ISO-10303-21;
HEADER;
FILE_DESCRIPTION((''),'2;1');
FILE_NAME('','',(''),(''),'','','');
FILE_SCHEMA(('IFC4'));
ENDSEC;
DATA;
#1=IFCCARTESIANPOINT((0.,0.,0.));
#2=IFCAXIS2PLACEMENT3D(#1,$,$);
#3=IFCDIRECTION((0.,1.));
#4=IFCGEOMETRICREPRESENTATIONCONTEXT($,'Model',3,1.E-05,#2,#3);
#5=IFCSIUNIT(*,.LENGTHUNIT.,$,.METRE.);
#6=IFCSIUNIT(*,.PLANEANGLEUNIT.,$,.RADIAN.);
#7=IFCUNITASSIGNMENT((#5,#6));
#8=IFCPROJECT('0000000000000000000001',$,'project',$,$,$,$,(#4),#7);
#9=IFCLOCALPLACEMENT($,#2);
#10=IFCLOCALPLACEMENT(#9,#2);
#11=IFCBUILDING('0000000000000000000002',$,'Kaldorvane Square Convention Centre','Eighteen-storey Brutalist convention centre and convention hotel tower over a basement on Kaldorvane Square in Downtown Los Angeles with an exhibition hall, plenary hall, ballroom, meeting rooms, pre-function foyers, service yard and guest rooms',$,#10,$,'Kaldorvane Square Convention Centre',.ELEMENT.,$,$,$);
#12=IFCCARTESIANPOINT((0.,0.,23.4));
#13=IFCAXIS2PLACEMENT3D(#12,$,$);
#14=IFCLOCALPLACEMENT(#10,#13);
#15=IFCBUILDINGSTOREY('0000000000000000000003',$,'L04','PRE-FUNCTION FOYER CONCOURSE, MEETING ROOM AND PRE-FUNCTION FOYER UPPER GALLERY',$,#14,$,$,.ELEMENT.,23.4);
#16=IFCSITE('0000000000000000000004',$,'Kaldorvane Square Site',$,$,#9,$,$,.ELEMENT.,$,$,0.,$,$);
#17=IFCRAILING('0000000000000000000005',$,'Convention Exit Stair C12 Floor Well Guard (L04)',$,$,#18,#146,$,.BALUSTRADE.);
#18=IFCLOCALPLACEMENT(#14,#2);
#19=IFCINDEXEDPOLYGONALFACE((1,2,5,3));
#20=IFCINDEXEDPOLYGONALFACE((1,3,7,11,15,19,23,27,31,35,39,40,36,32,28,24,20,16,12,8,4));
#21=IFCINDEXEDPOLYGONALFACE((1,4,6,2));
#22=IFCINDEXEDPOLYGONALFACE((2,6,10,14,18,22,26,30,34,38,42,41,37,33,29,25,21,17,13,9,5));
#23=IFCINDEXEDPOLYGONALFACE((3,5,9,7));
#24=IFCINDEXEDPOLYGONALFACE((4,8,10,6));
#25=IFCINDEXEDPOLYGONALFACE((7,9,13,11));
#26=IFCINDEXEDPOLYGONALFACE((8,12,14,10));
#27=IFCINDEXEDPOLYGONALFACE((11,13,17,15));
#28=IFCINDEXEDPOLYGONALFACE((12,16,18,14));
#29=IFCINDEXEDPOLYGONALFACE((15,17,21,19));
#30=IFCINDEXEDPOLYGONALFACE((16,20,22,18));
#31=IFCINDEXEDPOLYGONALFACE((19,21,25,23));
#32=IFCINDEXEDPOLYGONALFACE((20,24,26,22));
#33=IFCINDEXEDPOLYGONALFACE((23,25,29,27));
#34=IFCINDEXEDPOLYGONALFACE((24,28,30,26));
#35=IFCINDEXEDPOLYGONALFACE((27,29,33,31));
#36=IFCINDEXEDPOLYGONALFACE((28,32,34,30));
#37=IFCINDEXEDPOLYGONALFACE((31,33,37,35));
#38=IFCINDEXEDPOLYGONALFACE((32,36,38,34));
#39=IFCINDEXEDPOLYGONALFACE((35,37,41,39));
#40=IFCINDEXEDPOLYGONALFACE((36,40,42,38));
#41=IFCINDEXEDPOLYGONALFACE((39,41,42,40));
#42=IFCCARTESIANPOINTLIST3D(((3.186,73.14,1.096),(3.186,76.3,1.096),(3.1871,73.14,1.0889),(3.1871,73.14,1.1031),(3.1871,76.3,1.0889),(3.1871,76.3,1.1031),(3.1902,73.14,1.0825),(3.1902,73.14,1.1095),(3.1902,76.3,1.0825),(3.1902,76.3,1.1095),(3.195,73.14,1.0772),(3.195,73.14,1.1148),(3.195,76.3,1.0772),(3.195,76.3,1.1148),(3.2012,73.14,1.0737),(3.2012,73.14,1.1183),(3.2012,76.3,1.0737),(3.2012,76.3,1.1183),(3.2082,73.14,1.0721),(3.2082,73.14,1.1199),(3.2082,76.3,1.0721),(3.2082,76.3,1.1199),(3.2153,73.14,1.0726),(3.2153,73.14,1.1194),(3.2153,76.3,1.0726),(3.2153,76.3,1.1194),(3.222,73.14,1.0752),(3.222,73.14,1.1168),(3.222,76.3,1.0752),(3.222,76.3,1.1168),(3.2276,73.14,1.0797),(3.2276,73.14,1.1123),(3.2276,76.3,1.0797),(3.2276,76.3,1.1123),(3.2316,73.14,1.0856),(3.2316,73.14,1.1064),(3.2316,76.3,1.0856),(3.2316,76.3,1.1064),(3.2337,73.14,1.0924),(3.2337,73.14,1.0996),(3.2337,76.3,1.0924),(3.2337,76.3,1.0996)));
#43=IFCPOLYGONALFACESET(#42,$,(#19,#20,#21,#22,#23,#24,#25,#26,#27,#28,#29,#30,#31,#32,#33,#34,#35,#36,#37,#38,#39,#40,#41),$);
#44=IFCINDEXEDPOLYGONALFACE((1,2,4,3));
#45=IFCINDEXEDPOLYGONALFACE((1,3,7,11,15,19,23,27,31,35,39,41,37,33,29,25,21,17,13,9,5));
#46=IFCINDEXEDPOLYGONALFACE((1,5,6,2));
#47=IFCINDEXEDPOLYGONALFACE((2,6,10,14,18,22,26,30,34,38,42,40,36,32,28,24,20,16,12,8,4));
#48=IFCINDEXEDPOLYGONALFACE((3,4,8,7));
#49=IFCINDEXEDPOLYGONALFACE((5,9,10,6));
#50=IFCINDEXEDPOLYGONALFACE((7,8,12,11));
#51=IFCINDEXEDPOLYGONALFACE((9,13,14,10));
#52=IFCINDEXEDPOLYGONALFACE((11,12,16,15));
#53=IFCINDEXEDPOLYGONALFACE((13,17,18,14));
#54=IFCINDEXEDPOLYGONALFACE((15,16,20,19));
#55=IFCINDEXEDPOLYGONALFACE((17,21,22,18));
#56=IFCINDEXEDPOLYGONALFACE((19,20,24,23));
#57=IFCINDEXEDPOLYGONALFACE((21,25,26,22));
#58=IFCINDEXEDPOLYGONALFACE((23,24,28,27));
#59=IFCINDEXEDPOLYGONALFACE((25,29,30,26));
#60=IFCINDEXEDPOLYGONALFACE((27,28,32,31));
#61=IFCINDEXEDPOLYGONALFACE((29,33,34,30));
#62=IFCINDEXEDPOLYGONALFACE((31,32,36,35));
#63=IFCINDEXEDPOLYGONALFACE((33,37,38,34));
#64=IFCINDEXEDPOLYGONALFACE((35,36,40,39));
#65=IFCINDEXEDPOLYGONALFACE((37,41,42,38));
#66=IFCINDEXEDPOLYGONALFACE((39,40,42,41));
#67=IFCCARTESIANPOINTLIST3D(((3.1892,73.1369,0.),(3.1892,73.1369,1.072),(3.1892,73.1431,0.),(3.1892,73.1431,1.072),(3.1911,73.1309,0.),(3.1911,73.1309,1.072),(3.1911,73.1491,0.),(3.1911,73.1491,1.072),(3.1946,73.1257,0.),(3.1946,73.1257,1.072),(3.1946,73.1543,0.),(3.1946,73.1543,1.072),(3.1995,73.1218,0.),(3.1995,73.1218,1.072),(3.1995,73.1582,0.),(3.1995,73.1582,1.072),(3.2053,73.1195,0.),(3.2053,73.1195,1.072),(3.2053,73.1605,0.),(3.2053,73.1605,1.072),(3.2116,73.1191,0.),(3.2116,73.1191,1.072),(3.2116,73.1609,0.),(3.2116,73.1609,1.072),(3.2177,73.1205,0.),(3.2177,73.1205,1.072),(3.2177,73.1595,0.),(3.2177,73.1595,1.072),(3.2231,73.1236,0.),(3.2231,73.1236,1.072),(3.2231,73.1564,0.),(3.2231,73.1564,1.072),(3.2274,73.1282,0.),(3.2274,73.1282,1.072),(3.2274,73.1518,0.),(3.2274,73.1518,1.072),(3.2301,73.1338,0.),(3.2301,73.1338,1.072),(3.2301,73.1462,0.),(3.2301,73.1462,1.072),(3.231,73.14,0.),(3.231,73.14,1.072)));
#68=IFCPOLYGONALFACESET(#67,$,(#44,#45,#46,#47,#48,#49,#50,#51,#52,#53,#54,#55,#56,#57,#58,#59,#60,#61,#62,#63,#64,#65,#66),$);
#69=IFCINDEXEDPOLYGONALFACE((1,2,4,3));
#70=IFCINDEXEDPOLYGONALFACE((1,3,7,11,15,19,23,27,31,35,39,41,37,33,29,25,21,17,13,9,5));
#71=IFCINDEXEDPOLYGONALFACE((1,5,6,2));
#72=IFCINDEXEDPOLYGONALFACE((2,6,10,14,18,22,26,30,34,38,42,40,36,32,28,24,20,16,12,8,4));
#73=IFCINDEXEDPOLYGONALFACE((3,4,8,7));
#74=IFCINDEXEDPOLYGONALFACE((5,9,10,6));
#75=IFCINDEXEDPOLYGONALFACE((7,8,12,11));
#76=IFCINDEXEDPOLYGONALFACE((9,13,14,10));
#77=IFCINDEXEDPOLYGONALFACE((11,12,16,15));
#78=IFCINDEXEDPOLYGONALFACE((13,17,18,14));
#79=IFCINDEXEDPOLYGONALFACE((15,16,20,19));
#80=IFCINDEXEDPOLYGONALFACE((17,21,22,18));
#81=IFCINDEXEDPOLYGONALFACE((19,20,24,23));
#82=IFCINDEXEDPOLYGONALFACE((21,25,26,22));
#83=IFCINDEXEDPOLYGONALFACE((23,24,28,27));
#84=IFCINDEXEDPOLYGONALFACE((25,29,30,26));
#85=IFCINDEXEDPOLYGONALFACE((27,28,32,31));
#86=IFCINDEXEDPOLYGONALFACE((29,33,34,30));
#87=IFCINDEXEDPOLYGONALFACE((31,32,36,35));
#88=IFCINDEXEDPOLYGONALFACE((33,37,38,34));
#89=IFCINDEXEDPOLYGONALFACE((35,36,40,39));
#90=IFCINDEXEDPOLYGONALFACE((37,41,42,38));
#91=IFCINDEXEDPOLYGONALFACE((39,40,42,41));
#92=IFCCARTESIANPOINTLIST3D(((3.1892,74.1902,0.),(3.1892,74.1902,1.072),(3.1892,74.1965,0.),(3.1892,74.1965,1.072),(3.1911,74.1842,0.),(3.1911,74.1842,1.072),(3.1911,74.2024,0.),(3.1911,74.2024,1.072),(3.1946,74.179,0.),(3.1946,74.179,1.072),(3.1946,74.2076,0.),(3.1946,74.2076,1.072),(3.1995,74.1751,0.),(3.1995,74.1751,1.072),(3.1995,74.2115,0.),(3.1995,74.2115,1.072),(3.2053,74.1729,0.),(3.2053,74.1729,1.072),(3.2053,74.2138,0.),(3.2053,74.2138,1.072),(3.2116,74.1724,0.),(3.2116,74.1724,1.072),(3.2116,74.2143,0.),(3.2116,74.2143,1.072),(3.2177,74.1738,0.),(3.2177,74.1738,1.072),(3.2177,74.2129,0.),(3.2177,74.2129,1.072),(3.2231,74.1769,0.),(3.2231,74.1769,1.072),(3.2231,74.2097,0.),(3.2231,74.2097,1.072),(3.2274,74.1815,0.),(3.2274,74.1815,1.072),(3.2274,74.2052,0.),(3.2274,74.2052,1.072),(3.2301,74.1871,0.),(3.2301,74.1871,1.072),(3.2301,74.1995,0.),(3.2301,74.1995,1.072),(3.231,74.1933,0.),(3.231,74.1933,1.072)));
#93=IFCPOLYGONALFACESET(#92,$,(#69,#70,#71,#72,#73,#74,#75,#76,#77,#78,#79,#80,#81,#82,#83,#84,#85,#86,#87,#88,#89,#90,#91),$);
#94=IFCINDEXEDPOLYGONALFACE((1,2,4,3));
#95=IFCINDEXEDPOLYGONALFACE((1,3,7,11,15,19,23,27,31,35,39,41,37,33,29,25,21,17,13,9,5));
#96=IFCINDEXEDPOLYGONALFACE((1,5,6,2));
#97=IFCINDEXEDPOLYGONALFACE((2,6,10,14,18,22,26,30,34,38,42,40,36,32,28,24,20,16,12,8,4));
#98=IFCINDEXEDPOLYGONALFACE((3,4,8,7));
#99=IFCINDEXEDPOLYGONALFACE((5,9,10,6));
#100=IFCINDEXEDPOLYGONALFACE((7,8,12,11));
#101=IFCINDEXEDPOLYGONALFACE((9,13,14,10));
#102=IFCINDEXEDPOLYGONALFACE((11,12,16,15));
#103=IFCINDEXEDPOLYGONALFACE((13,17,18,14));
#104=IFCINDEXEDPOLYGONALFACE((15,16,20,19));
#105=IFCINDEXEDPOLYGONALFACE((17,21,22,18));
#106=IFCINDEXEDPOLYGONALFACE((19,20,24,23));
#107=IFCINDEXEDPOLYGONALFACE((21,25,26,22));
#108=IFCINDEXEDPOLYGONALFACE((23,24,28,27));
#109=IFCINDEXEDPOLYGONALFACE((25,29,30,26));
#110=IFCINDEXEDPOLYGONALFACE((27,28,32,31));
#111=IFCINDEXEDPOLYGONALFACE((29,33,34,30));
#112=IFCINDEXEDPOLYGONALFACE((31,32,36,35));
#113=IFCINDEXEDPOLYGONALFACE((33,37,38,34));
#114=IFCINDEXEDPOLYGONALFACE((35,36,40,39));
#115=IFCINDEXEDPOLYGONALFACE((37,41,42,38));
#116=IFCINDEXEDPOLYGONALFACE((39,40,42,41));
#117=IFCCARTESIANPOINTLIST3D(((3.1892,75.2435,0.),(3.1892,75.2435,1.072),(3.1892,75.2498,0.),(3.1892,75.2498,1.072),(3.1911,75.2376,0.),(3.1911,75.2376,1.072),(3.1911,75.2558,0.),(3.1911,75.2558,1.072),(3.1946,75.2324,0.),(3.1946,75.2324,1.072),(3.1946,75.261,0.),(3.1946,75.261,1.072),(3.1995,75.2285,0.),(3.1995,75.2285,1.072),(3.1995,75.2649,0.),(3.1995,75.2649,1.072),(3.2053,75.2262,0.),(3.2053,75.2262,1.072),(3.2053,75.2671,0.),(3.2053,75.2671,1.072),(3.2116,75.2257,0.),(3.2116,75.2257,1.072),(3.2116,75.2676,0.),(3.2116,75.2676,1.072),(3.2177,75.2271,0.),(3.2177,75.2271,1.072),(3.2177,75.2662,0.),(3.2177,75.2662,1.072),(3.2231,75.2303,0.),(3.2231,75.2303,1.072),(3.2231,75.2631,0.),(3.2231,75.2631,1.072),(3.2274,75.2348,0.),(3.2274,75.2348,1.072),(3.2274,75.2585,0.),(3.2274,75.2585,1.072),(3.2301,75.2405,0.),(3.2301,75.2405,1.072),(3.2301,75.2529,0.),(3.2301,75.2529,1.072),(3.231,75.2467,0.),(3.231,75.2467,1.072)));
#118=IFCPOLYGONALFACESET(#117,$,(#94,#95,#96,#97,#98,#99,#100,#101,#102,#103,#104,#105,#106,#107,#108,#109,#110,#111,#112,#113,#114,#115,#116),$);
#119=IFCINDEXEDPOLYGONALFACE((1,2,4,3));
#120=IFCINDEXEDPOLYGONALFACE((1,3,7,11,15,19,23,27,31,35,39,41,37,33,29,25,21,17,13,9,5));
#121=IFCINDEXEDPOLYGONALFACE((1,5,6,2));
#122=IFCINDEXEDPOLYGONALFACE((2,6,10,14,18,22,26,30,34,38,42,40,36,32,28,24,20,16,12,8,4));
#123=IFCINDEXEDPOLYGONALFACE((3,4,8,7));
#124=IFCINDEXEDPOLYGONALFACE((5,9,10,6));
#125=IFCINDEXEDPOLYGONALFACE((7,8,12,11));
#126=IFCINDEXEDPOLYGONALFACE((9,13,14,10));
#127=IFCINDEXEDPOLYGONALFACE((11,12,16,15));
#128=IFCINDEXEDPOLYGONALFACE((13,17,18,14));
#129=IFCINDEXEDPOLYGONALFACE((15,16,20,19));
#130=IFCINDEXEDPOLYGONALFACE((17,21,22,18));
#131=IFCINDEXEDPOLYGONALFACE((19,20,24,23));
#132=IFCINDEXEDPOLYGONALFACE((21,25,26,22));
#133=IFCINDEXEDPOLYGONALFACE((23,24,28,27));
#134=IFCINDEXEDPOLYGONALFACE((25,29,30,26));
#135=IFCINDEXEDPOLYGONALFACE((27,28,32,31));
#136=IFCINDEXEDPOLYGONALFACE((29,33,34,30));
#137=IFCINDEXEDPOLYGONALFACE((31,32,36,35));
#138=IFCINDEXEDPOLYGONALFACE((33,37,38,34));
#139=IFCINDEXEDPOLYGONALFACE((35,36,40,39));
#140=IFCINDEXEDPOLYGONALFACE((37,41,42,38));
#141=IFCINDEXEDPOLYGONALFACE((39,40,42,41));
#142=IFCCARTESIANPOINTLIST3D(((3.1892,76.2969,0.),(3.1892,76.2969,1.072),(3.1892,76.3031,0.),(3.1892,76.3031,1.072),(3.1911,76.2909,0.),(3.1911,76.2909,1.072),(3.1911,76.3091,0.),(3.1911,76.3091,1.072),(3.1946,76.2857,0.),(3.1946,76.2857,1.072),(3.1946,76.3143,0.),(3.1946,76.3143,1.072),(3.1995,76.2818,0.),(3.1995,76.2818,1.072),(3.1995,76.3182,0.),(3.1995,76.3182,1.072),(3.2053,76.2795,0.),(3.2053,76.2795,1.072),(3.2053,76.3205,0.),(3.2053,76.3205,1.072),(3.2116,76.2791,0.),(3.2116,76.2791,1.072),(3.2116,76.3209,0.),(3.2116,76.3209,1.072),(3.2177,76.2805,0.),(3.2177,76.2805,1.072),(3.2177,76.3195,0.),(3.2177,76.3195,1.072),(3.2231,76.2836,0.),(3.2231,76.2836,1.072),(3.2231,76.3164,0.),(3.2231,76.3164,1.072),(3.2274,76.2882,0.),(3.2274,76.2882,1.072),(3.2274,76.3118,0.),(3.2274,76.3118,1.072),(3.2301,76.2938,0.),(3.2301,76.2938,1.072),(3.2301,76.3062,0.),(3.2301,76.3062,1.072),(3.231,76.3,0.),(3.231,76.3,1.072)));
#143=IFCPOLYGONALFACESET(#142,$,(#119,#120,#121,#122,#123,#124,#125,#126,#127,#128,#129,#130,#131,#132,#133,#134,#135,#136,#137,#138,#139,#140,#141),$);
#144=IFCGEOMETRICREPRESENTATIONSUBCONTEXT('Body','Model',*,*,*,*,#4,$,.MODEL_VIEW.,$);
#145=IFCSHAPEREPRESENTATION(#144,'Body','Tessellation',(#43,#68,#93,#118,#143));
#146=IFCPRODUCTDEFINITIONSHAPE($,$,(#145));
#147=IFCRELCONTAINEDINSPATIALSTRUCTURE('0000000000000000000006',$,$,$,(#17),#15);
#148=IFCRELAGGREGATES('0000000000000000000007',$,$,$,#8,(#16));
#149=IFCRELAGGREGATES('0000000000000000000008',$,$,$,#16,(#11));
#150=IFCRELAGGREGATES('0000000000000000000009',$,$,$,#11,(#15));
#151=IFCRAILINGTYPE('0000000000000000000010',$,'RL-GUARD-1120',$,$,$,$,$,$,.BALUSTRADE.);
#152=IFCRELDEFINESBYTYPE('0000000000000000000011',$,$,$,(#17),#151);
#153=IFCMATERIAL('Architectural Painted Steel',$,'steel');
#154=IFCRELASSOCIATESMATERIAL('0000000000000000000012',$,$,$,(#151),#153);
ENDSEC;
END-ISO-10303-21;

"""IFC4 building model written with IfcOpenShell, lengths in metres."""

from ifc_helpers import new_model, si_unit, direction, frame, origin, origin_2d, place, context, subcontext, project, spatial, circle, extrude, material, type_object, element, save


model = new_model("IFC4")

# Units and contexts
model_context = context("Model", 3, precision=1e-05, world=origin(), true_north=direction((0.0, 1.0)))
body_context = subcontext(model_context, "Body", "Model", "MODEL_VIEW")
ifc_project = project(units=[si_unit("LENGTHUNIT", "METRE"), si_unit("PLANEANGLEUNIT", "RADIAN")], contexts=[model_context])

# Site, building, storey
site_placement = place(None, origin())
site = spatial("IfcSite", under=ifc_project, at=site_placement, Name="Kaldorvane Square Site", CompositionType="ELEMENT", RefElevation=0.0)
building_placement = place(site_placement, origin())
building = spatial("IfcBuilding", under=site, at=building_placement, Name="Kaldorvane Square Convention Centre", Description="Eighteen-storey Brutalist convention centre and convention hotel tower over a basement on Kaldorvane Square in Downtown Los Angeles with an exhibition hall, plenary hall, ballroom, meeting rooms, pre-function foyers, service yard and guest rooms", LongName="Kaldorvane Square Convention Centre", CompositionType="ELEMENT")
storey_placement = place(building_placement, frame((0.0, 0.0, 23.4)))
storey = spatial("IfcBuildingStorey", under=building, at=storey_placement, Name="L04", Description="PRE-FUNCTION FOYER CONCOURSE, MEETING ROOM AND PRE-FUNCTION FOYER UPPER GALLERY", CompositionType="ELEMENT", Elevation=23.4)

# Railing
ifc_material_1 = material(Name="Architectural Painted Steel", Category="steel")
railing_type = type_object("IfcRailingType", Name="RL-GUARD-1120", PredefinedType="BALUSTRADE", material=ifc_material_1)
railing_placement = place(storey_placement, frame((3.21, 73.14, 0.0)))
element("IfcRailing", 1, at=railing_placement, inside=storey, type_object=railing_type, Name="Convention Exit Stair C12 Floor Well Guard (L04)", PredefinedType="BALUSTRADE", context=body_context, shape_type="SweptSolid", body=[
    extrude(circle(Radius=0.024, at=origin_2d()), frame((0.0, 0.0, 1.096), z_axis=(0.0, 1.0, 0.0), x_axis=(-1.0, 0.0, 0.0)), (0.0, 0.0, 1.0), 3.16),
    extrude(circle(Radius=0.021, at=origin_2d()), origin(), (0.0, 0.0, 1.0), 1.072),
    extrude(circle(Radius=0.021, at=origin_2d()), frame((0.0, 1.0533, 0.0)), (0.0, 0.0, 1.0), 1.072),
    extrude(circle(Radius=0.021, at=origin_2d()), frame((0.0, 2.1067, 0.0)), (0.0, 0.0, 1.0), 1.072),
    extrude(circle(Radius=0.021, at=origin_2d()), frame((0.0, 3.16, 0.0)), (0.0, 0.0, 1.0), 1.072),
])

save(model, "model.ifc")
